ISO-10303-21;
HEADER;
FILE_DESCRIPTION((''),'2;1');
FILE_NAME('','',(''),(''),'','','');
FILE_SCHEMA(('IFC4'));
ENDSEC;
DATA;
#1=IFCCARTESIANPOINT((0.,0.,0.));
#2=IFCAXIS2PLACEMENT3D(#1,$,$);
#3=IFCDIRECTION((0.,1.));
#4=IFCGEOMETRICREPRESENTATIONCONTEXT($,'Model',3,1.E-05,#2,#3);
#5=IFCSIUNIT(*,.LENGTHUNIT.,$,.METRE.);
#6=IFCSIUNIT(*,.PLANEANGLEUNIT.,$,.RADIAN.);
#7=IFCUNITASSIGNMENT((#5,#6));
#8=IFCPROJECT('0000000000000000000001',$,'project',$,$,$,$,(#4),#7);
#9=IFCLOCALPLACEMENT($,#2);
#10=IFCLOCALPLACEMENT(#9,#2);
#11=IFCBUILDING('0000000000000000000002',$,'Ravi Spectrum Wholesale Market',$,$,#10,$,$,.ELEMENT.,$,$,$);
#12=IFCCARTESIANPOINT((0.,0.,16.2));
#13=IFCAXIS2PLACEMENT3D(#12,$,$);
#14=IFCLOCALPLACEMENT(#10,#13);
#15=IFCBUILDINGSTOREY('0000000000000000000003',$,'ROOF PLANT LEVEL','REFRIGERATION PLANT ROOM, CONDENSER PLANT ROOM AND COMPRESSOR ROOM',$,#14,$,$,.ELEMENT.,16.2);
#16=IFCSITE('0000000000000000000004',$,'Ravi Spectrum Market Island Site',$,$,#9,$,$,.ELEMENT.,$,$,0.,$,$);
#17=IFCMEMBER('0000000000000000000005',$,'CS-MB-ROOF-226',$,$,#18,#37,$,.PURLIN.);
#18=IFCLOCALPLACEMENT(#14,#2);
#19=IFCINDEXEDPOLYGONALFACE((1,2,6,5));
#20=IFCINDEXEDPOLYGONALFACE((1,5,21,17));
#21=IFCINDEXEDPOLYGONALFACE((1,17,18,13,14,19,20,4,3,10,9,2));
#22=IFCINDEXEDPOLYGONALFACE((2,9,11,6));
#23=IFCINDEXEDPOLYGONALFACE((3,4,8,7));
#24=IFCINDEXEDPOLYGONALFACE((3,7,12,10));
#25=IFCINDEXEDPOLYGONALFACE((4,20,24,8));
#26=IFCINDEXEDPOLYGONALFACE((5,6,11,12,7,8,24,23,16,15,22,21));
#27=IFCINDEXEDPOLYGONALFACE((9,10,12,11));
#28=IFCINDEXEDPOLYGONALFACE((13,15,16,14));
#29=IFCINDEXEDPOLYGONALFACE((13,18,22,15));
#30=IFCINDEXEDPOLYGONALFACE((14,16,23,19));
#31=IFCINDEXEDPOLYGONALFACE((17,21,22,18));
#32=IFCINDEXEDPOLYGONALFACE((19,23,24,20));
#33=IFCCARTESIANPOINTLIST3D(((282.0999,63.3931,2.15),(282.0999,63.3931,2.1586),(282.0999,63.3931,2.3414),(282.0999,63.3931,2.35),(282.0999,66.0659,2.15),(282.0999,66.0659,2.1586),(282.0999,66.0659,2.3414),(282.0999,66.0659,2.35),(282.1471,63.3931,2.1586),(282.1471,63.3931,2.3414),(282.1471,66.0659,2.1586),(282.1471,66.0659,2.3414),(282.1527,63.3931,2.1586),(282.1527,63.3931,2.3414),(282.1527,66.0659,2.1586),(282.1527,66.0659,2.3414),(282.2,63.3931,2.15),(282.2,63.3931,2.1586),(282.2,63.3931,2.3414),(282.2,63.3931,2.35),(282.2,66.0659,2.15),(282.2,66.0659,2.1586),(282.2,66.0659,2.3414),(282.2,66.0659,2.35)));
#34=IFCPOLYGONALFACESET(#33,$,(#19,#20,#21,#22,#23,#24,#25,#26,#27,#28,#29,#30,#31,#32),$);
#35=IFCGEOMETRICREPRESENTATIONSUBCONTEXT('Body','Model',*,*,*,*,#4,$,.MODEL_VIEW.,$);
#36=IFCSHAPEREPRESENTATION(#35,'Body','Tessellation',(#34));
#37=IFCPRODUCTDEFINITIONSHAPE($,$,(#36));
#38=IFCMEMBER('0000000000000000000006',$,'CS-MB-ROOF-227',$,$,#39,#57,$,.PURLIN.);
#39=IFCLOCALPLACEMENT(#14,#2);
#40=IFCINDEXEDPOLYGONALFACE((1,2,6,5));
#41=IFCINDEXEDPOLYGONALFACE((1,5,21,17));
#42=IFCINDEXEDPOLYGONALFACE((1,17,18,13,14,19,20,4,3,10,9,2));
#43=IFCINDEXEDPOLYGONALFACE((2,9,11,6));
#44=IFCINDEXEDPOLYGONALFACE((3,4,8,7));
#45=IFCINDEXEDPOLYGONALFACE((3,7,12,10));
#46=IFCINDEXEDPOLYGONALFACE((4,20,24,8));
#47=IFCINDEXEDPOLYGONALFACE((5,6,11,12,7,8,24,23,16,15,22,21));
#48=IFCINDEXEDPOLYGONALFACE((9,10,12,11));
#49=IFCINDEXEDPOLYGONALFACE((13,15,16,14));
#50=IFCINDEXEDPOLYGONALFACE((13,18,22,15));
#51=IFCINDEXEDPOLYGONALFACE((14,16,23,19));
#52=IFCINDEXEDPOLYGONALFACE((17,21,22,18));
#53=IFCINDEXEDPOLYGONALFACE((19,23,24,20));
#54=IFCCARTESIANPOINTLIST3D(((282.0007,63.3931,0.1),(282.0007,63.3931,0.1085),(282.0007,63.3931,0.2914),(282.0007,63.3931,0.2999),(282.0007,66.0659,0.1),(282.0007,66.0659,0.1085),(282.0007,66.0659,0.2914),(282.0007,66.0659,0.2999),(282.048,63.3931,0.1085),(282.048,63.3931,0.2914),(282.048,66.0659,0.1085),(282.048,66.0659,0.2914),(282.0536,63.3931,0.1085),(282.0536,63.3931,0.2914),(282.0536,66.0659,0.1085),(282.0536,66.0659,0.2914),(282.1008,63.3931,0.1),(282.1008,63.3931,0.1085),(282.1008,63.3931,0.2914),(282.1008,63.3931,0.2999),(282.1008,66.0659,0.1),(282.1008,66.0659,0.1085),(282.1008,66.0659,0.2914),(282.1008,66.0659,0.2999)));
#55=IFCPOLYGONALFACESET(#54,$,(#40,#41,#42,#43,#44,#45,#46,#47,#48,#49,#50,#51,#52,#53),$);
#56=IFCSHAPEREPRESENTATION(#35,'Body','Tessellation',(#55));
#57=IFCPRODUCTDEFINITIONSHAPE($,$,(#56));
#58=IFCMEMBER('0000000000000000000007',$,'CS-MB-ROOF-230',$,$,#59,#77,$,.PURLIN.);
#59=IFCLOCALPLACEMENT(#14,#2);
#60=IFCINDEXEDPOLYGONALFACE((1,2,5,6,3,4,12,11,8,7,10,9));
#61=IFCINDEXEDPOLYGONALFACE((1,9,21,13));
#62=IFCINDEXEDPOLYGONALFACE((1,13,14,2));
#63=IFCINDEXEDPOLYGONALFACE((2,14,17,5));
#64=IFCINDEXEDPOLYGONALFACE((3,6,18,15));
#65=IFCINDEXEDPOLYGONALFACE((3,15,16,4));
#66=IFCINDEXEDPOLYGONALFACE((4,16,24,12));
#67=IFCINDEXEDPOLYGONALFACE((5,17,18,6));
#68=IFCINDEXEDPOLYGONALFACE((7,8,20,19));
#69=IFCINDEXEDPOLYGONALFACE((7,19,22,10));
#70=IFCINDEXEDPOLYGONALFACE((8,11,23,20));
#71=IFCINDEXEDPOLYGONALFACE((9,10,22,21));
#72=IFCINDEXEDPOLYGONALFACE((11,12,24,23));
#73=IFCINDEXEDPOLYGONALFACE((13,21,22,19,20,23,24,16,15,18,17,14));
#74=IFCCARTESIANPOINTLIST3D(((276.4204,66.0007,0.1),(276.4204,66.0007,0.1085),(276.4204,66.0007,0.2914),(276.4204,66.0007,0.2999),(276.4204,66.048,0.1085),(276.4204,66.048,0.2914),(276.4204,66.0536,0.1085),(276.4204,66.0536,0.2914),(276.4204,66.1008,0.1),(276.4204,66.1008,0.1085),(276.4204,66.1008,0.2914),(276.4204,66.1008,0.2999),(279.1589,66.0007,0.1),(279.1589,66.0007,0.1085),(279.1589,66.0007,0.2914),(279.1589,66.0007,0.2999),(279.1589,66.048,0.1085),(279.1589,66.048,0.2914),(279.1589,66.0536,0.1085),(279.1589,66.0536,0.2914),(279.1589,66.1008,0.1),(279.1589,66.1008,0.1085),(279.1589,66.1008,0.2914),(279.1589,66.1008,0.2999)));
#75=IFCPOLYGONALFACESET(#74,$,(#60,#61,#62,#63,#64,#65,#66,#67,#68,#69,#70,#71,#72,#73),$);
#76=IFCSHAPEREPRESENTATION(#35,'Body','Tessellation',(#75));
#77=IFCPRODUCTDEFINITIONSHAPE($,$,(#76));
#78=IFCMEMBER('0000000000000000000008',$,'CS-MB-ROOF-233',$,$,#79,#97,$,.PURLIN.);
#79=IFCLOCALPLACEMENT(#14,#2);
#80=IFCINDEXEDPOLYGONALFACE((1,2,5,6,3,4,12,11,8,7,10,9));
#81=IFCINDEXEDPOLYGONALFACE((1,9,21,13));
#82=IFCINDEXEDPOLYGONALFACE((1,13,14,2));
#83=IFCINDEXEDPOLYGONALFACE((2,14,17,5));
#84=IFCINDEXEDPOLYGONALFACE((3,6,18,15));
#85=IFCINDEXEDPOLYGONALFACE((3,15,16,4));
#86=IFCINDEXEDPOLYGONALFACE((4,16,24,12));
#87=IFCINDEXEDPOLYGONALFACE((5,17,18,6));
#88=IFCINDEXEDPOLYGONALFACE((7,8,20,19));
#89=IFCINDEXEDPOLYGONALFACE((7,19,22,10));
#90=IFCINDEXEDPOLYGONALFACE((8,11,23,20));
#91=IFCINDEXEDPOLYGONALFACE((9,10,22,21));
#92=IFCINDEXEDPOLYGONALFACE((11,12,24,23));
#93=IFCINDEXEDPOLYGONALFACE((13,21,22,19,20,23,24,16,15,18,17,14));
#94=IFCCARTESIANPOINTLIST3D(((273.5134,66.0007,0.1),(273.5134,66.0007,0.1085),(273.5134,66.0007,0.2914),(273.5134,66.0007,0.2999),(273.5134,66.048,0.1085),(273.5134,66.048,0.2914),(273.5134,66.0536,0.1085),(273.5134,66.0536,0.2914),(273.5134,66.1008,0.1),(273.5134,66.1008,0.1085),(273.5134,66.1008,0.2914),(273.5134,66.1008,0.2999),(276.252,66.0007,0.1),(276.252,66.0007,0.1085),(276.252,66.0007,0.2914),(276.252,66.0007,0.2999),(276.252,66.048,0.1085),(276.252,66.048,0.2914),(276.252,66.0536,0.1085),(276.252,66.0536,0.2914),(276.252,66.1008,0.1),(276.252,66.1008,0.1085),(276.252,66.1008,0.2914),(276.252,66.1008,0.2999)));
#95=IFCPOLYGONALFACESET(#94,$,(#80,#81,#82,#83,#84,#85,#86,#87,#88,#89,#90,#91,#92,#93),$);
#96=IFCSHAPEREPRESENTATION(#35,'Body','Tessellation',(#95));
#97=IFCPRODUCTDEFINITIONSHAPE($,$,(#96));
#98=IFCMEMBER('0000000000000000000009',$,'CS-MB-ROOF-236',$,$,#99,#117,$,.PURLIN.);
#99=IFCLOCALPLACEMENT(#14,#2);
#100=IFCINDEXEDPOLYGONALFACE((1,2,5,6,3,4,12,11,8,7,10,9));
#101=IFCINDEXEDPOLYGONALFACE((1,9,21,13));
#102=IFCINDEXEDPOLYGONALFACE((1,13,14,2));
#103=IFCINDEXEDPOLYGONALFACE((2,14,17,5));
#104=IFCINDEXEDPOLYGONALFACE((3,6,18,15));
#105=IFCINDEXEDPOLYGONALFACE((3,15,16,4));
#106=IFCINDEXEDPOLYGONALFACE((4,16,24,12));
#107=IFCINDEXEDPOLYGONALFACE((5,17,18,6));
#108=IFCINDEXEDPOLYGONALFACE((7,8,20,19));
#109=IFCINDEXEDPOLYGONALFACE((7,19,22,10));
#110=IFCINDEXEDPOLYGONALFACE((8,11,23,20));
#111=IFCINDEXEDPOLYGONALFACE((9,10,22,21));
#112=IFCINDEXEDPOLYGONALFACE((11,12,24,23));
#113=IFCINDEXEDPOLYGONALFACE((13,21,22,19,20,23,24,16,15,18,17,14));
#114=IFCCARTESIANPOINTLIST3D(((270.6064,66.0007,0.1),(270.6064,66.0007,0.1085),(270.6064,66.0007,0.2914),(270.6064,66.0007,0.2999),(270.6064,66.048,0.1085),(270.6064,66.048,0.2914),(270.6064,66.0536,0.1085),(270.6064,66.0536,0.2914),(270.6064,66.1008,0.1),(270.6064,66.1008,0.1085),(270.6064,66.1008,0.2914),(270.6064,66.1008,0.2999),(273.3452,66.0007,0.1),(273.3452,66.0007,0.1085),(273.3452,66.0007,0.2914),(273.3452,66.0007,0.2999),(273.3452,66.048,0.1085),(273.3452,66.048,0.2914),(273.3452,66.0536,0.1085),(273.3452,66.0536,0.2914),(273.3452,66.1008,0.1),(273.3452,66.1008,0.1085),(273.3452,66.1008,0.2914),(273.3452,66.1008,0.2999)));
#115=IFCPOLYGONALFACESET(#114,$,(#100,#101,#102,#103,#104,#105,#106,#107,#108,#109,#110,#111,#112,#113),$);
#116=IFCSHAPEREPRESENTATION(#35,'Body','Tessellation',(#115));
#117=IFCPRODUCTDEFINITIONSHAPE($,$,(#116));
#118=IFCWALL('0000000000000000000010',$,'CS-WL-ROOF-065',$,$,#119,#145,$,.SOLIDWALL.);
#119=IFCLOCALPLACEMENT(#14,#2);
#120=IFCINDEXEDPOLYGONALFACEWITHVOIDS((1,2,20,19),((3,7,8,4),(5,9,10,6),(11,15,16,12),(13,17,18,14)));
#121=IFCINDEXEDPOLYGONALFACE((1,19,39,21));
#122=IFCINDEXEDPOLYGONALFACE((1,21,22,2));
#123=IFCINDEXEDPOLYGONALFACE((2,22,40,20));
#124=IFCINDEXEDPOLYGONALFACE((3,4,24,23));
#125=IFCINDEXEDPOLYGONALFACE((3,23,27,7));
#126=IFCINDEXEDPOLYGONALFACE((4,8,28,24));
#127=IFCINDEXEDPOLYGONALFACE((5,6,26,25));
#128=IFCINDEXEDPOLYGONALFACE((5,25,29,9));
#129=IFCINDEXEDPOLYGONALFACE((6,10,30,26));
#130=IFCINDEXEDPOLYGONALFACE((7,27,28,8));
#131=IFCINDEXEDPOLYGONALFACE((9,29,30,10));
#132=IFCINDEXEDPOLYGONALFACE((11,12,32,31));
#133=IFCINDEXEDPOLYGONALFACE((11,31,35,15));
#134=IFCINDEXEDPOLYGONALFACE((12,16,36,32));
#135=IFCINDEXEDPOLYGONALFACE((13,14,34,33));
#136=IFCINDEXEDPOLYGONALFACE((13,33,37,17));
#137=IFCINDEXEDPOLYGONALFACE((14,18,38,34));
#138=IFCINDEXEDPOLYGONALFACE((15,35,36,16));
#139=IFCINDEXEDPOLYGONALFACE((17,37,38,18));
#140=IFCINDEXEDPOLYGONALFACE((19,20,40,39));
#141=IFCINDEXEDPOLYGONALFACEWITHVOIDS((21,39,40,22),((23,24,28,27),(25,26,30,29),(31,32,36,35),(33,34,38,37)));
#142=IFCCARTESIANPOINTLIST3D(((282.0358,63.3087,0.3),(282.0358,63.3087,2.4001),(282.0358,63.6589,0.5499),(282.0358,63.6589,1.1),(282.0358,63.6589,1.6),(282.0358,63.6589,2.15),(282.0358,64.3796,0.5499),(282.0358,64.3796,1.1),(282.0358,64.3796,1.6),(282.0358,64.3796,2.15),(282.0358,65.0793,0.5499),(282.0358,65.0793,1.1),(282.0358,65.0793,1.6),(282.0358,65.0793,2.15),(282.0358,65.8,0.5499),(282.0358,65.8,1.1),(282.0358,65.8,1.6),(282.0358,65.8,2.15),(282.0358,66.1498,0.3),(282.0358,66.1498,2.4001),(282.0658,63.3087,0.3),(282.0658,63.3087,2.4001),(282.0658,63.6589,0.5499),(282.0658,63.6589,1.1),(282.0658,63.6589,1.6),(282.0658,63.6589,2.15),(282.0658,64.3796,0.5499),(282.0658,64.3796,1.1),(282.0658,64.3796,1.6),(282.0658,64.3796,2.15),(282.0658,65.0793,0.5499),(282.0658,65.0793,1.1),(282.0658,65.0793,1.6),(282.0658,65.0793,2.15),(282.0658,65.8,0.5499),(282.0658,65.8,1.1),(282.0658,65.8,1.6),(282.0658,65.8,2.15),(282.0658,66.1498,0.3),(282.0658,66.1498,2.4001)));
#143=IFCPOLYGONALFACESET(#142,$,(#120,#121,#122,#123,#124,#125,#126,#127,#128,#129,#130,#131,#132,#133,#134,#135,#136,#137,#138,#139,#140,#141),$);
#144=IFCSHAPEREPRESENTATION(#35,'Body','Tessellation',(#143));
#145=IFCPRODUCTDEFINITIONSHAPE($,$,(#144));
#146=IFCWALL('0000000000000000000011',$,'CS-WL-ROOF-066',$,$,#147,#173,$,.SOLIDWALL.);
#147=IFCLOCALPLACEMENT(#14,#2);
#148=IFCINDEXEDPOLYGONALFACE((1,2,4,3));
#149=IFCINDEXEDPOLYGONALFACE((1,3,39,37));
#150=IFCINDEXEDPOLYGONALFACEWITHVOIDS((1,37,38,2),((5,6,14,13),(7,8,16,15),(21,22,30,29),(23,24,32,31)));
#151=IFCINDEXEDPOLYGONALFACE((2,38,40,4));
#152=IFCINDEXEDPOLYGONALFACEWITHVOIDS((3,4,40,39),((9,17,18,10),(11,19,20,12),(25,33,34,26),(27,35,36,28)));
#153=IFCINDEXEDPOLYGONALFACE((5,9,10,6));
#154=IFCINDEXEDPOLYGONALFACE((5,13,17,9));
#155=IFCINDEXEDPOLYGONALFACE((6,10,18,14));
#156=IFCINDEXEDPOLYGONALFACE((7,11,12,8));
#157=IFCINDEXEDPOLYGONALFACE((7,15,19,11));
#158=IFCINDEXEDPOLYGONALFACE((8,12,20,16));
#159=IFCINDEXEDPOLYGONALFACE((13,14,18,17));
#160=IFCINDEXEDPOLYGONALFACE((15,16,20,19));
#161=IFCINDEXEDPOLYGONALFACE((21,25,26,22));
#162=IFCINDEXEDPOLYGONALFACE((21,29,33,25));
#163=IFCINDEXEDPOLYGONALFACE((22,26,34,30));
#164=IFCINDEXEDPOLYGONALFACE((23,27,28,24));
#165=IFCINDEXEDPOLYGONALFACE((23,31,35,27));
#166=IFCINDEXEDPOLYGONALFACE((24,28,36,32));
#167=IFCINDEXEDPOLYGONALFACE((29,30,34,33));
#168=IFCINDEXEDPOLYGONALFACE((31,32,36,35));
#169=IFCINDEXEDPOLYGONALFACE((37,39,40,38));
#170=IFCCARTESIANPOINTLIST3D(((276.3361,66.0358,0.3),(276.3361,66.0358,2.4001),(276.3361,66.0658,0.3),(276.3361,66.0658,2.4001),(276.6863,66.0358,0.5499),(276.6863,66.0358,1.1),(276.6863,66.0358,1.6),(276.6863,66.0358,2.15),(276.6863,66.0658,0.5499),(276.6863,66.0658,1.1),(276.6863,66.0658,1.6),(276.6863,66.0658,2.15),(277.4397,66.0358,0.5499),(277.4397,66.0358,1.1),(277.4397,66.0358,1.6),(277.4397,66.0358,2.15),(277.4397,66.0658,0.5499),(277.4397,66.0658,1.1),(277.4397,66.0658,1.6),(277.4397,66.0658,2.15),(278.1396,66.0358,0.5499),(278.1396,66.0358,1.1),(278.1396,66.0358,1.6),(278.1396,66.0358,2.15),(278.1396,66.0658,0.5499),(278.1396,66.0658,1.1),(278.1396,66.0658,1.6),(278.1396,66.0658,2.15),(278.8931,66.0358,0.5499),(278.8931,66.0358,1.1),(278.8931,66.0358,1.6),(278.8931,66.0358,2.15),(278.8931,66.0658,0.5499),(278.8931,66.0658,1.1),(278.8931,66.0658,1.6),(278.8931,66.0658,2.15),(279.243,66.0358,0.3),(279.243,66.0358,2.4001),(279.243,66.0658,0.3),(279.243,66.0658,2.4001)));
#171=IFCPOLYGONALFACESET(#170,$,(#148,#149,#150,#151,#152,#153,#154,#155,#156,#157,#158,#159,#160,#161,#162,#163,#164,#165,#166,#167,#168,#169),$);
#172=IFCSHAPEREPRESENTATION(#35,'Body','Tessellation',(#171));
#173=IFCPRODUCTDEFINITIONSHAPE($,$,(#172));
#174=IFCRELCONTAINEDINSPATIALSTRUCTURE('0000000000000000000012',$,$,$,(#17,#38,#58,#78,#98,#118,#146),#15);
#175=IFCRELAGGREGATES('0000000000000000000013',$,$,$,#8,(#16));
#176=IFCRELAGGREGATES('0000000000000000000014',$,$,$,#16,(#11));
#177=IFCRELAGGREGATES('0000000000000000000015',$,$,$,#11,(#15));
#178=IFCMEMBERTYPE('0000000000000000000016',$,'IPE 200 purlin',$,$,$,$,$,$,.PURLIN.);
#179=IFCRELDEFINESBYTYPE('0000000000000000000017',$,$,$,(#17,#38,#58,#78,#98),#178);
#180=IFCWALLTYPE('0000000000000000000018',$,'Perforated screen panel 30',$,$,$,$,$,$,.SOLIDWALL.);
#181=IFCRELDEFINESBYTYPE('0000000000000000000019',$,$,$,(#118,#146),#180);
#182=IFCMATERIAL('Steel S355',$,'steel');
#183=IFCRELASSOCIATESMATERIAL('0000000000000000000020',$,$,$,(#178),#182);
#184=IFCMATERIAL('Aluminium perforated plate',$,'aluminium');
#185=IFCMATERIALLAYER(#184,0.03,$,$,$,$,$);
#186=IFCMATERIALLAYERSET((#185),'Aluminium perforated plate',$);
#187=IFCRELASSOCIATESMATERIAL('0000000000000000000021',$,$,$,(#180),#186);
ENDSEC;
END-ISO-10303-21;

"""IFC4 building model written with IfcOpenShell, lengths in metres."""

from ifc_helpers import new_model, si_unit, direction, frame, frame_2d, origin, origin_2d, place, context, subcontext, project, spatial, rectangle, i_section, extrude, material, layer, layer_set, material_profile, profile_set, type_object, element, save


model = new_model("IFC4")

# Units and contexts
model_context = context("Model", 3, precision=1e-05, world=origin(), true_north=direction((0.0, 1.0)))
body_context = subcontext(model_context, "Body", "Model", "MODEL_VIEW")
ifc_project = project(units=[si_unit("LENGTHUNIT", "METRE"), si_unit("PLANEANGLEUNIT", "RADIAN")], contexts=[model_context])

# Site, building, storey
site_placement = place(None, origin())
site = spatial("IfcSite", under=ifc_project, at=site_placement, Name="Ravi Spectrum Market Island Site", CompositionType="ELEMENT", RefElevation=0.0)
building_placement = place(site_placement, origin())
building = spatial("IfcBuilding", under=site, at=building_placement, Name="Ravi Spectrum Wholesale Market", CompositionType="ELEMENT")
storey_placement = place(building_placement, frame((0.0, 0.0, 16.2)))
storey = spatial("IfcBuildingStorey", under=building, at=storey_placement, Name="ROOF PLANT LEVEL", Description="REFRIGERATION PLANT ROOM, CONDENSER PLANT ROOM AND COMPRESSOR ROOM", CompositionType="ELEMENT", Elevation=16.2)

# Members
ifc_material_1 = material(Name="Steel S355", Category="steel")
ifc_material_profile_1 = material_profile(ifc_material_1, i_section(OverallWidth=0.1001, OverallDepth=0.2, WebThickness=0.0056, FlangeThickness=0.0085, at=origin_2d()))
ifc_profile_set_1 = profile_set([ifc_material_profile_1], Name="Steel S355")
member_type_1 = type_object("IfcMemberType", Name="IPE 200 purlin", PredefinedType="PURLIN", material=ifc_profile_set_1)
for number, where, z_axis, x_axis, name in (
    (1, (282.1499, 63.3931, 2.25), (0.0, 1.0, 0.0), (-1.0, 0.0, 0.0), "CS-MB-ROOF-226"),
    (2, (282.0508, 63.3931, 0.2), (0.0, 1.0, 0.0), (-1.0, 0.0, 0.0), "CS-MB-ROOF-227"),
):
    element("IfcMember", number, at=place(storey_placement, frame(where, z_axis=z_axis, x_axis=x_axis)), inside=storey, type_object=member_type_1, Name=name, PredefinedType="PURLIN", context=body_context, shape_type="SweptSolid", body=[
        extrude(i_section(OverallWidth=0.1001, OverallDepth=0.2, WebThickness=0.0056, FlangeThickness=0.0085, at=origin_2d()), origin(), (0.0, 0.0, 1.0), 2.6729),
    ])
for number, where, z_axis, x_axis, name in (
    (3, (279.1589, 66.0508, 0.2), (-1.0, 0.0, 0.0), (0.0, -1.0, 0.0), "CS-MB-ROOF-230"),
    (4, (276.252, 66.0508, 0.2), (-1.0, 0.0, 0.0), (0.0, -1.0, 0.0), "CS-MB-ROOF-233"),
):
    element("IfcMember", number, at=place(storey_placement, frame(where, z_axis=z_axis, x_axis=x_axis)), inside=storey, type_object=member_type_1, Name=name, PredefinedType="PURLIN", context=body_context, shape_type="SweptSolid", body=[
        extrude(i_section(OverallWidth=0.1001, OverallDepth=0.2, WebThickness=0.0056, FlangeThickness=0.0085, at=origin_2d()), origin(), (0.0, 0.0, 1.0), 2.7385),
    ])
member_placement = place(storey_placement, frame((273.3452, 66.0508, 0.2), z_axis=(-1.0, 0.0, 0.0), x_axis=(0.0, -1.0, 0.0)))
element("IfcMember", 5, at=member_placement, inside=storey, type_object=member_type_1, Name="CS-MB-ROOF-236", PredefinedType="PURLIN", context=body_context, shape_type="SweptSolid", body=[
    extrude(i_section(OverallWidth=0.1001, OverallDepth=0.2, WebThickness=0.0056, FlangeThickness=0.0085, at=origin_2d()), origin(), (0.0, 0.0, 1.0), 2.7388),
])

# Walls, openings
ifc_material_2 = material(Name="Aluminium perforated plate", Category="aluminium")
ifc_layer = layer(ifc_material_2, 0.03)
ifc_layer_set = layer_set([ifc_layer], Name="Aluminium perforated plate")
wall_type = type_object("IfcWallType", Name="Perforated screen panel 30", PredefinedType="SOLIDWALL", material=ifc_layer_set)
wall_1_placement = place(storey_placement, frame((282.0508, 63.3088, 0.3), z_axis=(0.0, 0.0, 1.0), x_axis=(0.0, 1.0, 0.0)))
wall_1 = element("IfcWall", 6, at=wall_1_placement, inside=storey, type_object=wall_type, Name="CS-WL-ROOF-065", PredefinedType="SOLIDWALL", context=body_context, shape_type="SweptSolid", body=[
    extrude(rectangle(XDim=2.8411, YDim=0.03, at=frame_2d((1.4204, 0.0))), origin(), (0.0, 0.0, 1.0), 2.1001),
])
opening_1_placement = place(wall_1_placement, frame((0.3501, 0.0, 0.25)))
element("IfcOpeningElement", 7, at=opening_1_placement, cuts=wall_1, PredefinedType="OPENING", context=body_context, shape_type="SweptSolid", body=[
    extrude(rectangle(XDim=0.7207, YDim=0.55, at=frame_2d((0.3604, 0.2749))), frame((0.0, 0.0249, 0.0), z_axis=(0.0, -1.0, 0.0), x_axis=(1.0, 0.0, 0.0)), (0.0, 0.0, 1.0), 0.05),
])
opening_2_placement = place(wall_1_placement, frame((0.3501, 0.0, 1.3)))
element("IfcOpeningElement", 8, at=opening_2_placement, cuts=wall_1, PredefinedType="OPENING", context=body_context, shape_type="SweptSolid", body=[
    extrude(rectangle(XDim=0.7207, YDim=0.55, at=frame_2d((0.3604, 0.2749))), frame((0.0, 0.0249, 0.0), z_axis=(0.0, -1.0, 0.0), x_axis=(1.0, 0.0, 0.0)), (0.0, 0.0, 1.0), 0.05),
])
opening_3_placement = place(wall_1_placement, frame((1.7705, 0.0, 0.25)))
element("IfcOpeningElement", 9, at=opening_3_placement, cuts=wall_1, PredefinedType="OPENING", context=body_context, shape_type="SweptSolid", body=[
    extrude(rectangle(XDim=0.7207, YDim=0.55, at=frame_2d((0.3604, 0.2749))), frame((0.0, 0.0249, 0.0), z_axis=(0.0, -1.0, 0.0), x_axis=(1.0, 0.0, 0.0)), (0.0, 0.0, 1.0), 0.05),
])
opening_4_placement = place(wall_1_placement, frame((1.7705, 0.0, 1.3)))
element("IfcOpeningElement", 10, at=opening_4_placement, cuts=wall_1, PredefinedType="OPENING", context=body_context, shape_type="SweptSolid", body=[
    extrude(rectangle(XDim=0.7207, YDim=0.55, at=frame_2d((0.3604, 0.2749))), frame((0.0, 0.0249, 0.0), z_axis=(0.0, -1.0, 0.0), x_axis=(1.0, 0.0, 0.0)), (0.0, 0.0, 1.0), 0.05),
])
wall_2_placement = place(storey_placement, frame((279.2432, 66.0508, 0.3), z_axis=(0.0, 0.0, 1.0), x_axis=(-1.0, 0.0, 0.0)))
wall_2 = element("IfcWall", 11, at=wall_2_placement, inside=storey, type_object=wall_type, Name="CS-WL-ROOF-066", PredefinedType="SOLIDWALL", context=body_context, shape_type="SweptSolid", body=[
    extrude(rectangle(XDim=2.907, YDim=0.03, at=frame_2d((1.4536, 0.0))), origin(), (0.0, 0.0, 1.0), 2.1001),
])
opening_5_placement = place(wall_2_placement, frame((0.3501, 0.0, 0.25)))
element("IfcOpeningElement", 12, at=opening_5_placement, cuts=wall_2, PredefinedType="OPENING", context=body_context, shape_type="SweptSolid", body=[
    extrude(rectangle(XDim=0.7534, YDim=0.55, at=frame_2d((0.3767, 0.2749))), frame((0.0, 0.0249, 0.0), z_axis=(0.0, -1.0, 0.0), x_axis=(1.0, 0.0, 0.0)), (0.0, 0.0, 1.0), 0.05),
])
opening_6_placement = place(wall_2_placement, frame((0.3501, 0.0, 1.3)))
element("IfcOpeningElement", 13, at=opening_6_placement, cuts=wall_2, PredefinedType="OPENING", context=body_context, shape_type="SweptSolid", body=[
    extrude(rectangle(XDim=0.7534, YDim=0.55, at=frame_2d((0.3767, 0.2749))), frame((0.0, 0.0249, 0.0), z_axis=(0.0, -1.0, 0.0), x_axis=(1.0, 0.0, 0.0)), (0.0, 0.0, 1.0), 0.05),
])
opening_7_placement = place(wall_2_placement, frame((1.8035, 0.0, 0.25)))
element("IfcOpeningElement", 14, at=opening_7_placement, cuts=wall_2, PredefinedType="OPENING", context=body_context, shape_type="SweptSolid", body=[
    extrude(rectangle(XDim=0.7534, YDim=0.55, at=frame_2d((0.3767, 0.2749))), frame((0.0, 0.0249, 0.0), z_axis=(0.0, -1.0, 0.0), x_axis=(1.0, 0.0, 0.0)), (0.0, 0.0, 1.0), 0.05),
])
opening_8_placement = place(wall_2_placement, frame((1.8035, 0.0, 1.3)))
element("IfcOpeningElement", 15, at=opening_8_placement, cuts=wall_2, PredefinedType="OPENING", context=body_context, shape_type="SweptSolid", body=[
    extrude(rectangle(XDim=0.7534, YDim=0.55, at=frame_2d((0.3767, 0.2749))), frame((0.0, 0.0249, 0.0), z_axis=(0.0, -1.0, 0.0), x_axis=(1.0, 0.0, 0.0)), (0.0, 0.0, 1.0), 0.05),
])

save(model, "model.ifc")
